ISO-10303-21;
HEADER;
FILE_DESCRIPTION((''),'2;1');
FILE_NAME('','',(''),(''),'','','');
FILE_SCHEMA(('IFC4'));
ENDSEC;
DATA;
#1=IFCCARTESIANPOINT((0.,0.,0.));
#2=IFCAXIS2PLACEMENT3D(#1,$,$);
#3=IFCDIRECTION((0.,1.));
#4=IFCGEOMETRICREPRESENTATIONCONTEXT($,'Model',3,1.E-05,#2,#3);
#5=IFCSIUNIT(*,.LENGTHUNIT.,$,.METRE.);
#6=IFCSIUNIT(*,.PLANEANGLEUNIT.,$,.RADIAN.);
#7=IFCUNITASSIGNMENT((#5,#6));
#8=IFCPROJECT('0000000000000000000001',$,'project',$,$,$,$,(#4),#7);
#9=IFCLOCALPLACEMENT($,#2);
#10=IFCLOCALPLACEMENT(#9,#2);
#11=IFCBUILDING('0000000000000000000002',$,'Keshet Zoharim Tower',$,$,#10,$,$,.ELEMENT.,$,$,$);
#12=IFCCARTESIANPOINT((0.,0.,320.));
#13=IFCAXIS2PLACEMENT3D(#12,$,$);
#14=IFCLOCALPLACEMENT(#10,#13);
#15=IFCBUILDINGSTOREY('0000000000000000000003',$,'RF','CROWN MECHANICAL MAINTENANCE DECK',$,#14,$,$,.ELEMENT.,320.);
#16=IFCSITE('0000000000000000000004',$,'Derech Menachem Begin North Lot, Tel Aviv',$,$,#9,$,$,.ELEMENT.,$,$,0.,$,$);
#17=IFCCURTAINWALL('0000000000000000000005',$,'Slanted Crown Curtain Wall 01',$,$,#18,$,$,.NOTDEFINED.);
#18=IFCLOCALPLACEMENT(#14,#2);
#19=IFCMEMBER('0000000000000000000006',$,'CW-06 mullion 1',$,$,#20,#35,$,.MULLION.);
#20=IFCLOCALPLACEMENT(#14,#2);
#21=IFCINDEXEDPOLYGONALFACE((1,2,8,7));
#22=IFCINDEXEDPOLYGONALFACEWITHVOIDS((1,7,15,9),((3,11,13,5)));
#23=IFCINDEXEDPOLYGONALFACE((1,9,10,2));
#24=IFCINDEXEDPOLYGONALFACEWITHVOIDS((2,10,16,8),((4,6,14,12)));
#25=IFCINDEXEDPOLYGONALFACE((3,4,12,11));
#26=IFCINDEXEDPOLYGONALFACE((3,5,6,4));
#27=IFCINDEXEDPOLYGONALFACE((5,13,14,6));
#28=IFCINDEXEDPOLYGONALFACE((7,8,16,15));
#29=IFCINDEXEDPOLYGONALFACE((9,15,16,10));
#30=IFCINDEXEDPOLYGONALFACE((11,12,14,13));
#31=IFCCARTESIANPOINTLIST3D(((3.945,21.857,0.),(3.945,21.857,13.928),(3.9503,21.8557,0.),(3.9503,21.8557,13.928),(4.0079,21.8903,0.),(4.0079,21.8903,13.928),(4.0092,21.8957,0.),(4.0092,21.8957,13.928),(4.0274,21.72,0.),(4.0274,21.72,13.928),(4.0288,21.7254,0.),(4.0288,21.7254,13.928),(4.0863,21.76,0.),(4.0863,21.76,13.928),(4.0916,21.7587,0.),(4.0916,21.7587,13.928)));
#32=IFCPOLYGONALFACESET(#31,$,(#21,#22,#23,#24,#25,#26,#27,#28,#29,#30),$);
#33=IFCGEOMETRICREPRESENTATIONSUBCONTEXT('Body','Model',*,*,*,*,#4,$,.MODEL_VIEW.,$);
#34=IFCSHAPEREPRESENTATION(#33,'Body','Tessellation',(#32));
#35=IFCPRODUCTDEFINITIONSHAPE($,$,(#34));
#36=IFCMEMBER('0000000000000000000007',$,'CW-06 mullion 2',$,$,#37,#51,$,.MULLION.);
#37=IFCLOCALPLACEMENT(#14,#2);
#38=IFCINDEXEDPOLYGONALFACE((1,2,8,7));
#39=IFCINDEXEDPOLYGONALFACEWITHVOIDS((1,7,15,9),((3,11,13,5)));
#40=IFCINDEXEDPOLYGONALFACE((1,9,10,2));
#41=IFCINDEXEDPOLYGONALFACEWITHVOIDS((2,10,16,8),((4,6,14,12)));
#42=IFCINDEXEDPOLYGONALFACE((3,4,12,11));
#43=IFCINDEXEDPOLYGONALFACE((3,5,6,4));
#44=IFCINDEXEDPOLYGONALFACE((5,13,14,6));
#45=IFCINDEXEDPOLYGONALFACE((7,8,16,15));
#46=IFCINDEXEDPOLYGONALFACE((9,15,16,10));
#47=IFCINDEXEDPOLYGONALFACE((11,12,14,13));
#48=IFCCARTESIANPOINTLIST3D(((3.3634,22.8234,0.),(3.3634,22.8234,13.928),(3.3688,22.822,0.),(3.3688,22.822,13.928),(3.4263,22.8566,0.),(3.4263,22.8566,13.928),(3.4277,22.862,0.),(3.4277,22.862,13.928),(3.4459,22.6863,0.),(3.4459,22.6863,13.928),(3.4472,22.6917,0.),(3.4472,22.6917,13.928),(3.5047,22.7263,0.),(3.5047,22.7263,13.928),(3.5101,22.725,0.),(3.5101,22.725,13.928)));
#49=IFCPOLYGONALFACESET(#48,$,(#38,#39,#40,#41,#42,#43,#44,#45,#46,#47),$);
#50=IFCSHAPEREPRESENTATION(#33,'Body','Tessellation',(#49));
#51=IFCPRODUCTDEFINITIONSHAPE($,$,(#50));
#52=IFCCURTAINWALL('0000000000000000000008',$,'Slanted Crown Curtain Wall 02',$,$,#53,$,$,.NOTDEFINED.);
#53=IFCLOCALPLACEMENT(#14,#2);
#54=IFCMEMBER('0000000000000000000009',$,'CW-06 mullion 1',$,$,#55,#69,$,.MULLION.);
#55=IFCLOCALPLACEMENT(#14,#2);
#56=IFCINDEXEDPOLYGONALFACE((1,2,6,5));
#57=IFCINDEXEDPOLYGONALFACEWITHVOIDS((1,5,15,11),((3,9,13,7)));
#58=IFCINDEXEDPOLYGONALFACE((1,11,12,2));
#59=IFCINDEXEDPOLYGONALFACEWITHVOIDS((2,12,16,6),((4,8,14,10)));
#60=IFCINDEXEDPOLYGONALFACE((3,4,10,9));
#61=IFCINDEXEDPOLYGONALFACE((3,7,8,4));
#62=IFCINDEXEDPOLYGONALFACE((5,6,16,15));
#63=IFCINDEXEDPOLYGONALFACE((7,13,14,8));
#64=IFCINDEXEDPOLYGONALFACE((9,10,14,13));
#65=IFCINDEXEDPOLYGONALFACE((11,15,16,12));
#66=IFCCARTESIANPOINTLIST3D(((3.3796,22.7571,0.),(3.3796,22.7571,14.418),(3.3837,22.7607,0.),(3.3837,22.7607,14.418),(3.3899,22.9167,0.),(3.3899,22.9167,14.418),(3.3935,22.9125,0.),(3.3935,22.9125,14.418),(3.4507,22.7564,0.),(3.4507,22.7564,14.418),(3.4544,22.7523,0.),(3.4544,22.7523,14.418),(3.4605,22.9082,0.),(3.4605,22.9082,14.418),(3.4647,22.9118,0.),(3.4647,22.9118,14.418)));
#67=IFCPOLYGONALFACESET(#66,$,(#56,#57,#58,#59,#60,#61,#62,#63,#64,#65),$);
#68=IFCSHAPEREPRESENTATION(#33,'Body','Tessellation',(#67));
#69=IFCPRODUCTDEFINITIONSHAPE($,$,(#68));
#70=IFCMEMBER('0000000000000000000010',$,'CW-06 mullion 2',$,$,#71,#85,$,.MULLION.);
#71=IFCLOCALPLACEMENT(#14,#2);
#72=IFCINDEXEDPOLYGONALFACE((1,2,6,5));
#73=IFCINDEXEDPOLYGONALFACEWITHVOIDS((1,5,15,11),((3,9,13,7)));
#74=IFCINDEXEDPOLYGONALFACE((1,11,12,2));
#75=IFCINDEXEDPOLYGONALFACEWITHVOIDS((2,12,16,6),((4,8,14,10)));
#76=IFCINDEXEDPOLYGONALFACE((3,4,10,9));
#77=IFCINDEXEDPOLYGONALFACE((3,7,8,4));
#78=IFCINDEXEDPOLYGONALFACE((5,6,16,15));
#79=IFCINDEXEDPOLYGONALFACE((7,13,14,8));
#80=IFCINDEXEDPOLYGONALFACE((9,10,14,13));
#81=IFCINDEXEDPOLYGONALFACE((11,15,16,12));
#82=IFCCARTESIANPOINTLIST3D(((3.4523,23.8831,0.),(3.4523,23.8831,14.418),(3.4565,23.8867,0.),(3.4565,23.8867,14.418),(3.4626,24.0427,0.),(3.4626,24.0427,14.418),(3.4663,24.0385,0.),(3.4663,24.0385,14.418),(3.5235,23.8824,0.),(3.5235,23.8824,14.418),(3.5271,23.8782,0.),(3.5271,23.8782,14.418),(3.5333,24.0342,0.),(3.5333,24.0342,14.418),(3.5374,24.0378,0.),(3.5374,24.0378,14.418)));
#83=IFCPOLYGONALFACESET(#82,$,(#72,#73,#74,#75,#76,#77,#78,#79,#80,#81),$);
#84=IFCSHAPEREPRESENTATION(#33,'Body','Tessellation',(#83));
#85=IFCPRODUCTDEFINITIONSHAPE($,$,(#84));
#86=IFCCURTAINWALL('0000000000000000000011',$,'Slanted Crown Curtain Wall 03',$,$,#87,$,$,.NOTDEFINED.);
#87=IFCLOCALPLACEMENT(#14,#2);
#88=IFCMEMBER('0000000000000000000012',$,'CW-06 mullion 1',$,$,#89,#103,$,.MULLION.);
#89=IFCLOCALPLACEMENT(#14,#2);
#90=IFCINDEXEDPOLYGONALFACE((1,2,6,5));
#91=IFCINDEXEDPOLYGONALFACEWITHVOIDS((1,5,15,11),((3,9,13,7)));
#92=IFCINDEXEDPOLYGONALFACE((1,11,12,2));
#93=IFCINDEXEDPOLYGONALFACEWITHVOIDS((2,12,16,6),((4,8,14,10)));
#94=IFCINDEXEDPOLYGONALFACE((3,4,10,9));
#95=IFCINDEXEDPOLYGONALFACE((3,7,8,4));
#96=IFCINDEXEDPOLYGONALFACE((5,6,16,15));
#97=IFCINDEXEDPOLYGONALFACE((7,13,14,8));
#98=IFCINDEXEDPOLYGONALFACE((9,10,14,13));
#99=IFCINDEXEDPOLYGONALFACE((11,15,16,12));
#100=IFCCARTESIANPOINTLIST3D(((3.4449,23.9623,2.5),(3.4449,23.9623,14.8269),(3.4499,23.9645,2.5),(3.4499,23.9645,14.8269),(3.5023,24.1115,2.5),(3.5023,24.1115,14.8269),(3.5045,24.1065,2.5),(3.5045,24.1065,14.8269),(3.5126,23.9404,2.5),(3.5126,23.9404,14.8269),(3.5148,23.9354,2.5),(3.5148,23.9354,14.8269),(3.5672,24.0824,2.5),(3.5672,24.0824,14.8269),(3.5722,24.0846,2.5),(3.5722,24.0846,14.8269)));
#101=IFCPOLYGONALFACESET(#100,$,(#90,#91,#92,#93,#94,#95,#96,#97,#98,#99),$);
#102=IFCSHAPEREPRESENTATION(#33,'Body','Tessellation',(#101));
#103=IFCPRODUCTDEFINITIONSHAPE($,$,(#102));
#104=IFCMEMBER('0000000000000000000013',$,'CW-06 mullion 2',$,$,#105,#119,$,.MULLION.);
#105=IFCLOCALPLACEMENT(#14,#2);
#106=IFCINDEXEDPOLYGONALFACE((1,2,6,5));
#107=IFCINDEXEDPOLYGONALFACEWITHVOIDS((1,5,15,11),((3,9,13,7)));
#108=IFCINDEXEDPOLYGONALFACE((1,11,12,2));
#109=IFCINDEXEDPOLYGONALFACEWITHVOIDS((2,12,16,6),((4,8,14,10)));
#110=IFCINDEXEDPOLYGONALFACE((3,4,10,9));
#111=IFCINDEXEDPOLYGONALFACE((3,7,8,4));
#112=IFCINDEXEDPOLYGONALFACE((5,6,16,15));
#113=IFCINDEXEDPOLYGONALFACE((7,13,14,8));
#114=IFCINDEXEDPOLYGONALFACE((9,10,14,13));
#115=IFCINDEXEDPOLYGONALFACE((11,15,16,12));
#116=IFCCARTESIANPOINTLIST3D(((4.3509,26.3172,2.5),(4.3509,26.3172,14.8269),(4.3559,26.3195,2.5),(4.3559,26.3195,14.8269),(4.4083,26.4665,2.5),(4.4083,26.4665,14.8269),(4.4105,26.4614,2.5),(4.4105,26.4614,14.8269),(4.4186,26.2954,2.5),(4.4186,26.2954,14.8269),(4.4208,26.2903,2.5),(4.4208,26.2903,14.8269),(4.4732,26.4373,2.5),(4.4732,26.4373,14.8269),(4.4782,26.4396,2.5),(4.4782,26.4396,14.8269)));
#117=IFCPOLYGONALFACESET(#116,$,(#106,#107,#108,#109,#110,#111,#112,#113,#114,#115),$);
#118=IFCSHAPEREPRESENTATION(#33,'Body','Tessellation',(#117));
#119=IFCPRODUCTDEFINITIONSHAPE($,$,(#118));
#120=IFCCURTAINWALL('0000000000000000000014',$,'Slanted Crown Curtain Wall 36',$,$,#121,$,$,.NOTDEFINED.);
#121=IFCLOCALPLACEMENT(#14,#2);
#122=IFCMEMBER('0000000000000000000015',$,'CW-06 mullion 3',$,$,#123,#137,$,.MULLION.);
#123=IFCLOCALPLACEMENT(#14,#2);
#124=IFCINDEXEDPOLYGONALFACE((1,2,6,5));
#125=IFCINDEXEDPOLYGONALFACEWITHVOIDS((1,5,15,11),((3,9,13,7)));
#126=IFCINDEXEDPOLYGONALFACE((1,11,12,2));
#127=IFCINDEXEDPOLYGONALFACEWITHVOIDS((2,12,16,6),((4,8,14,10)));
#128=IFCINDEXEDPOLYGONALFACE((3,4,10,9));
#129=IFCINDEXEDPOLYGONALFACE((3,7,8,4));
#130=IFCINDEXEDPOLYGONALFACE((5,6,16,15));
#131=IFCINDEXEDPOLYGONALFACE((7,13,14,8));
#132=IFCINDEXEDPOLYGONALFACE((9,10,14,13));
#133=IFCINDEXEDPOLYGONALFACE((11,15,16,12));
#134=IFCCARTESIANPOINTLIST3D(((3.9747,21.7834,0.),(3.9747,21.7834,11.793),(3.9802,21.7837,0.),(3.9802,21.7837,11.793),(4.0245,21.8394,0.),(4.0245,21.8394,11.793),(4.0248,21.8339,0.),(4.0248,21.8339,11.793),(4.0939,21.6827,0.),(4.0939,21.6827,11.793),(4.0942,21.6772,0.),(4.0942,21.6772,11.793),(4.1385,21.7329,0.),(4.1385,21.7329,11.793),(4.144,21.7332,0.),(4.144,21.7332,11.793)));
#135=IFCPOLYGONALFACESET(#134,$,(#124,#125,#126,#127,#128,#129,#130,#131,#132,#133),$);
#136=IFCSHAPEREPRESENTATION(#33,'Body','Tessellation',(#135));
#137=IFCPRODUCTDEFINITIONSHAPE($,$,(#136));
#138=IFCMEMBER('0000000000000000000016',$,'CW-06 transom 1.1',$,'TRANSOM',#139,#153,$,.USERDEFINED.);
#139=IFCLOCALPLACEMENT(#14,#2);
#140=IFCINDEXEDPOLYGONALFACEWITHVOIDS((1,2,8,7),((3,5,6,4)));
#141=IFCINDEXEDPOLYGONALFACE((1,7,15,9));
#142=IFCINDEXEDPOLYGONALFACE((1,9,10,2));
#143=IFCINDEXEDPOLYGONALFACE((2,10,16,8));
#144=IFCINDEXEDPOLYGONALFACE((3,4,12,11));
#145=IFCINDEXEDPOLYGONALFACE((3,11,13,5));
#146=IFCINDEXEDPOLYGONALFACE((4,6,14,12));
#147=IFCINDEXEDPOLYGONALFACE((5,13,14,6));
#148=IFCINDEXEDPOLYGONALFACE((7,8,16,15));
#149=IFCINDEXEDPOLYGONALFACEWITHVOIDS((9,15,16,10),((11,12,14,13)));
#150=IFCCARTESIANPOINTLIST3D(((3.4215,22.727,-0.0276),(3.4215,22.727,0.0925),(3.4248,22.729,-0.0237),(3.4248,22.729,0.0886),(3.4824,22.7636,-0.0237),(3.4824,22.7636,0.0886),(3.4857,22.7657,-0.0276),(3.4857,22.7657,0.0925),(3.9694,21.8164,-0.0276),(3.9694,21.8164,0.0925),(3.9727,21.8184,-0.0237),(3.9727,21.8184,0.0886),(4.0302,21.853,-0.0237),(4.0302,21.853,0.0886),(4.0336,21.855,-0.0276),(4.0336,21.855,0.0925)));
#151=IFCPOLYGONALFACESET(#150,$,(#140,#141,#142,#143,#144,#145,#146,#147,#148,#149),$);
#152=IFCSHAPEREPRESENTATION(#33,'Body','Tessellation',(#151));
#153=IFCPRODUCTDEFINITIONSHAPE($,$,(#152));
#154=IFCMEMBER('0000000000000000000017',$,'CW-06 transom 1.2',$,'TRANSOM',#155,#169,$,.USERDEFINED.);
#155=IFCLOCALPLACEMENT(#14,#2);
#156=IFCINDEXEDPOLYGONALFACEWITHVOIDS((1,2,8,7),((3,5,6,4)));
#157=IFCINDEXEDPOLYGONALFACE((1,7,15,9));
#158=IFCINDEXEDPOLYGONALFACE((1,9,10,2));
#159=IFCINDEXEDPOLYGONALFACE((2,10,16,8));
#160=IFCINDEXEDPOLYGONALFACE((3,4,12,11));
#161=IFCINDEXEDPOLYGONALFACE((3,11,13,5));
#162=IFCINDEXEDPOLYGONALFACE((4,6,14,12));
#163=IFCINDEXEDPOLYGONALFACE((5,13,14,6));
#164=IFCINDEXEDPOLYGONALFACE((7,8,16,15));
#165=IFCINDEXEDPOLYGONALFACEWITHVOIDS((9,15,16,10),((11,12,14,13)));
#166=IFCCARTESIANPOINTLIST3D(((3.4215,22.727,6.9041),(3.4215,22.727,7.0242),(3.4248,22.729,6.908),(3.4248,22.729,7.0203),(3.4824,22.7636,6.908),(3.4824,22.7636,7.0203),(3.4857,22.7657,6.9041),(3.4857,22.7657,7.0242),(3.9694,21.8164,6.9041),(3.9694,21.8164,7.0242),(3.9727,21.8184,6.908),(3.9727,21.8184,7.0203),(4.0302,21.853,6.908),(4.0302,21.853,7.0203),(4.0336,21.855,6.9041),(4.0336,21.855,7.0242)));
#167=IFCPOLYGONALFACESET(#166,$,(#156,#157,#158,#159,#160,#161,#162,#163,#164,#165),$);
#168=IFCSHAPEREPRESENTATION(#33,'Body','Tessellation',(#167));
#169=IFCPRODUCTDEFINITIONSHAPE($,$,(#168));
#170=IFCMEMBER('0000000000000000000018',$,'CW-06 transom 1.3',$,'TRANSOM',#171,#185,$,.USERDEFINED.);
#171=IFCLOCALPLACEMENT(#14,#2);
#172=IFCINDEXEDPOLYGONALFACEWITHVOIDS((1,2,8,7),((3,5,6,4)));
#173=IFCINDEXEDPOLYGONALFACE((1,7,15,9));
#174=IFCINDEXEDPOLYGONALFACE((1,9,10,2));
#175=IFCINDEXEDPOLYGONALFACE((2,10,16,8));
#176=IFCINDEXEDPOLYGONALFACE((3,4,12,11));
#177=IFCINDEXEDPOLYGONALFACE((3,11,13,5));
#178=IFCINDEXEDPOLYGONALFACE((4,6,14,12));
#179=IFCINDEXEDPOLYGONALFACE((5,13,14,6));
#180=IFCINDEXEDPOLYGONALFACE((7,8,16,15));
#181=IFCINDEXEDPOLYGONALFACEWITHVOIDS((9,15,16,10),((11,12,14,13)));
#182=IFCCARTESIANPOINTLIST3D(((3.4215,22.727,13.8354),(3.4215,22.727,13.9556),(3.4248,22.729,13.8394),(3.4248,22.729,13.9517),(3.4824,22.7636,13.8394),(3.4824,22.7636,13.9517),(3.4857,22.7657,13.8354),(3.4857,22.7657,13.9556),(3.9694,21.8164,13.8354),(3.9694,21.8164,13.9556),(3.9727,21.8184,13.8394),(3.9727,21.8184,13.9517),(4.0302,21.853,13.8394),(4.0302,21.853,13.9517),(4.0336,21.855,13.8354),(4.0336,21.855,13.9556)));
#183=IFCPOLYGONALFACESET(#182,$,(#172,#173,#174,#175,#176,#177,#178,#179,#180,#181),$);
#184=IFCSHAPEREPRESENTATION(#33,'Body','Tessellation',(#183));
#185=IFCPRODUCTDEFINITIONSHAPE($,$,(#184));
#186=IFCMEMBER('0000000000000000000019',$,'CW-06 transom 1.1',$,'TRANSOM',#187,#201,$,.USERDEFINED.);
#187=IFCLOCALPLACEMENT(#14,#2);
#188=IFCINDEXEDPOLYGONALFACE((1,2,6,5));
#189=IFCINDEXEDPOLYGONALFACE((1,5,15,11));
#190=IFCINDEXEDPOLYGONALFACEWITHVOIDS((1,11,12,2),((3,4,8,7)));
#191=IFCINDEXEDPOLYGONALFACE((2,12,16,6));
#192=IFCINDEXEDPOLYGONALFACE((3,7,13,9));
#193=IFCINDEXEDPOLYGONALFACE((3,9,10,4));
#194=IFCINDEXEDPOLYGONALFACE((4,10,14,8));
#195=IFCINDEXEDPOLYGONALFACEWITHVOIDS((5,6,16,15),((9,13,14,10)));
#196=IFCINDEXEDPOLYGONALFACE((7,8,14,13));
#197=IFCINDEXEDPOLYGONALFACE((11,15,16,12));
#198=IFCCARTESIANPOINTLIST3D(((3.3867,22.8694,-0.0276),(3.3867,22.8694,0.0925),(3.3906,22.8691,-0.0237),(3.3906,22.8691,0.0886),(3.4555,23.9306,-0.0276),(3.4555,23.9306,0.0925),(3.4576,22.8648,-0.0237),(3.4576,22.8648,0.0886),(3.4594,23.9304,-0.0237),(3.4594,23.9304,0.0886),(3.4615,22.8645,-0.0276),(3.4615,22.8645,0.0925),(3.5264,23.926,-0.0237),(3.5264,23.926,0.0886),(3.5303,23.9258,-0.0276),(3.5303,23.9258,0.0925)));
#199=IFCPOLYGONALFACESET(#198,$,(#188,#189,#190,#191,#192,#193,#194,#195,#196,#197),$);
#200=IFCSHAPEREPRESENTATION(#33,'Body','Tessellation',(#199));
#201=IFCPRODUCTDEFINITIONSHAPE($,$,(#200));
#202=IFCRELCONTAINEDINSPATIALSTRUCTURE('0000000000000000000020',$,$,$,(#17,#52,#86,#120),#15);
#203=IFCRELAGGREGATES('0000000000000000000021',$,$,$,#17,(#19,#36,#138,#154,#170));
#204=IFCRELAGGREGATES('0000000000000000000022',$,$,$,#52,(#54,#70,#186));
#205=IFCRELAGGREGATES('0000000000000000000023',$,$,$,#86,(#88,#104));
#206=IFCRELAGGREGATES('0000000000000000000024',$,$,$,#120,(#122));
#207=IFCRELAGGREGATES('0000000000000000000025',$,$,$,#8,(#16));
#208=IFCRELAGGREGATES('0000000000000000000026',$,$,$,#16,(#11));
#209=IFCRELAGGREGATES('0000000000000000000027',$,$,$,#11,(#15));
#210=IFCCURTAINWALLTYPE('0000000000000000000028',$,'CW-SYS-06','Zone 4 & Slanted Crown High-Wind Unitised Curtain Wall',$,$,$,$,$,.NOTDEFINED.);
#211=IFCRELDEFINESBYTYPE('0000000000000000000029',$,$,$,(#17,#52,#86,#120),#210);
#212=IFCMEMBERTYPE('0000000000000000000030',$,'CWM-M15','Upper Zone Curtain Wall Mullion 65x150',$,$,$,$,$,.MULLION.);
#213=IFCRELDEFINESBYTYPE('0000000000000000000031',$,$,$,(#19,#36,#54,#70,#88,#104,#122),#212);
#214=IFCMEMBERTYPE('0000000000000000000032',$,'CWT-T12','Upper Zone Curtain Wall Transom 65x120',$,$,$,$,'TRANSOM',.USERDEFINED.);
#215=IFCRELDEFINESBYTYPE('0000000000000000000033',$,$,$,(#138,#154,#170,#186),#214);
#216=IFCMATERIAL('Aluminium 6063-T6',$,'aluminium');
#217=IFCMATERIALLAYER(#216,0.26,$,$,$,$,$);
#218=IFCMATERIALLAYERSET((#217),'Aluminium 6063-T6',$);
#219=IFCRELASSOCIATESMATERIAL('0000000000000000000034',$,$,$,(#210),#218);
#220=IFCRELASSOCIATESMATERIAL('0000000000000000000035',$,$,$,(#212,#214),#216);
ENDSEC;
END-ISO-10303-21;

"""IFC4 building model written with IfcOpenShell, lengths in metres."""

from ifc_helpers import new_model, si_unit, direction, frame, origin, origin_2d, place, context, subcontext, project, spatial, hollow_rectangle, extrude, material, layer, layer_set, material_profile, profile_set, type_object, element, aggregate, save


model = new_model("IFC4")

# Units and contexts
model_context = context("Model", 3, precision=1e-05, world=origin(), true_north=direction((0.0, 1.0)))
body_context = subcontext(model_context, "Body", "Model", "MODEL_VIEW")
ifc_project = project(units=[si_unit("LENGTHUNIT", "METRE"), si_unit("PLANEANGLEUNIT", "RADIAN")], contexts=[model_context])

# Site, building, storey
site_placement = place(None, origin())
site = spatial("IfcSite", under=ifc_project, at=site_placement, Name="Derech Menachem Begin North Lot, Tel Aviv", CompositionType="ELEMENT", RefElevation=0.0)
building_placement = place(site_placement, origin())
building = spatial("IfcBuilding", under=site, at=building_placement, Name="Keshet Zoharim Tower", CompositionType="ELEMENT")
storey_placement = place(building_placement, frame((0.0, 0.0, 320.0)))
storey = spatial("IfcBuildingStorey", under=building, at=storey_placement, Name="RF", Description="CROWN MECHANICAL MAINTENANCE DECK", CompositionType="ELEMENT", Elevation=320.0)

# Curtain walls, members
ifc_material_1 = material(Name="Aluminium 6063-T6", Category="aluminium")
ifc_layer_1 = layer(ifc_material_1, 0.26)
ifc_layer_set_1 = layer_set([ifc_layer_1], Name="Aluminium 6063-T6")
curtain_wall_type = type_object("IfcCurtainWallType", Name="CW-SYS-06", Description="Zone 4 & Slanted Crown High-Wind Unitised Curtain Wall", PredefinedType="NOTDEFINED", material=ifc_layer_set_1)
curtain_wall_1_placement = place(storey_placement, origin())
curtain_wall_1 = element("IfcCurtainWall", 1, at=curtain_wall_1_placement, inside=storey, type_object=curtain_wall_type, Name="Slanted Crown Curtain Wall 01", PredefinedType="NOTDEFINED")
ifc_material_profile_1 = material_profile(ifc_material_1, hollow_rectangle(XDim=0.075, YDim=0.1599, WallThickness=0.0039, at=origin_2d()), Name="MUL-75x160")
ifc_profile_set_1 = profile_set([ifc_material_profile_1], Name="Aluminium 6063-T6")
member_type_1 = type_object("IfcMemberType", Name="CWM-M15", Description="Upper Zone Curtain Wall Mullion 65x150", PredefinedType="MULLION", material=ifc_profile_set_1)
member_1_placement = place(storey_placement, frame((4.0183, 21.8079, 0.0), z_axis=(0.0, 0.0, 1.0), x_axis=(-0.856826, -0.515605, 0.0)))
member_1 = element("IfcMember", 2, at=member_1_placement, type_object=member_type_1, Name="CW-06 mullion 1", PredefinedType="MULLION", context=body_context, shape_type="SweptSolid", body=[
    extrude(hollow_rectangle(XDim=0.075, YDim=0.1599, WallThickness=0.0039, at=origin_2d()), origin(), (0.0, 0.0, 1.0), 13.928),
])
member_2_placement = place(storey_placement, frame((3.4368, 22.7742, 0.0), z_axis=(0.0, 0.0, 1.0), x_axis=(-0.856826, -0.515605, 0.0)))
member_2 = element("IfcMember", 3, at=member_2_placement, type_object=member_type_1, Name="CW-06 mullion 2", PredefinedType="MULLION", context=body_context, shape_type="SweptSolid", body=[
    extrude(hollow_rectangle(XDim=0.075, YDim=0.1599, WallThickness=0.0039, at=origin_2d()), origin(), (0.0, 0.0, 1.0), 13.928),
])
curtain_wall_2_placement = place(storey_placement, origin())
curtain_wall_2 = element("IfcCurtainWall", 4, at=curtain_wall_2_placement, inside=storey, type_object=curtain_wall_type, Name="Slanted Crown Curtain Wall 02", PredefinedType="NOTDEFINED")
member_3_placement = place(storey_placement, frame((3.4221, 22.8345, 0.0), z_axis=(0.0, 0.0, 1.0), x_axis=(-0.997917, 0.064517, 0.0)))
member_3 = element("IfcMember", 5, at=member_3_placement, type_object=member_type_1, Name="CW-06 mullion 1", PredefinedType="MULLION", context=body_context, shape_type="SweptSolid", body=[
    extrude(hollow_rectangle(XDim=0.075, YDim=0.1599, WallThickness=0.0039, at=origin_2d()), origin(), (0.0, 0.0, 1.0), 14.418),
])
member_4_placement = place(storey_placement, frame((3.4949, 23.9604, 0.0), z_axis=(0.0, 0.0, 1.0), x_axis=(-0.997917, 0.064517, 0.0)))
member_4 = element("IfcMember", 6, at=member_4_placement, type_object=member_type_1, Name="CW-06 mullion 2", PredefinedType="MULLION", context=body_context, shape_type="SweptSolid", body=[
    extrude(hollow_rectangle(XDim=0.075, YDim=0.1599, WallThickness=0.0039, at=origin_2d()), origin(), (0.0, 0.0, 1.0), 14.418),
])
curtain_wall_3_placement = place(storey_placement, origin())
curtain_wall_3 = element("IfcCurtainWall", 7, at=curtain_wall_3_placement, inside=storey, type_object=curtain_wall_type, Name="Slanted Crown Curtain Wall 03", PredefinedType="NOTDEFINED")
member_5_placement = place(storey_placement, frame((3.5085, 24.0234, 2.5), z_axis=(0.0, 0.0, 1.0), x_axis=(-0.933346, 0.358979, 0.0)))
member_5 = element("IfcMember", 8, at=member_5_placement, type_object=member_type_1, Name="CW-06 mullion 1", PredefinedType="MULLION", context=body_context, shape_type="SweptSolid", body=[
    extrude(hollow_rectangle(XDim=0.075, YDim=0.1599, WallThickness=0.0039, at=origin_2d()), origin(), (0.0, 0.0, 1.0), 12.3269),
])
member_6_placement = place(storey_placement, frame((4.4146, 26.3784, 2.5), z_axis=(0.0, 0.0, 1.0), x_axis=(-0.933346, 0.358979, 0.0)))
member_6 = element("IfcMember", 9, at=member_6_placement, type_object=member_type_1, Name="CW-06 mullion 2", PredefinedType="MULLION", context=body_context, shape_type="SweptSolid", body=[
    extrude(hollow_rectangle(XDim=0.075, YDim=0.1599, WallThickness=0.0039, at=origin_2d()), origin(), (0.0, 0.0, 1.0), 12.3269),
])

# Curtain wall, member
curtain_wall_4_placement = place(storey_placement, origin())
curtain_wall_4 = element("IfcCurtainWall", 10, at=curtain_wall_4_placement, inside=storey, type_object=curtain_wall_type, Name="Slanted Crown Curtain Wall 36", PredefinedType="NOTDEFINED")
member_7_placement = place(storey_placement, frame((4.0593, 21.7583, 0.0), z_axis=(0.0, 0.0, 1.0), x_axis=(-0.664409, -0.747369, 0.0)))
member_7 = element("IfcMember", 11, at=member_7_placement, type_object=member_type_1, Name="CW-06 mullion 3", PredefinedType="MULLION", context=body_context, shape_type="SweptSolid", body=[
    extrude(hollow_rectangle(XDim=0.075, YDim=0.1599, WallThickness=0.0039, at=origin_2d()), origin(), (0.0, 0.0, 1.0), 11.793),
])

# Members
ifc_material_profile_2 = material_profile(ifc_material_1, hollow_rectangle(XDim=0.075, YDim=0.1201, WallThickness=0.0039, at=origin_2d()), Name="TRN-75x120")
ifc_profile_set_2 = profile_set([ifc_material_profile_2], Name="Aluminium 6063-T6")
member_type_2 = type_object("IfcMemberType", Name="CWT-T12", Description="Upper Zone Curtain Wall Transom 65x120", ElementType="TRANSOM", PredefinedType="USERDEFINED", material=ifc_profile_set_2)
member_8_placement = place(storey_placement, frame((4.0015, 21.8357, 0.0325), z_axis=(-0.515509, 0.856884, 0.0), x_axis=(-0.856884, -0.515509, 0.0)))
member_8 = element("IfcMember", 12, at=member_8_placement, type_object=member_type_2, Name="CW-06 transom 1.1", ObjectType="TRANSOM", PredefinedType="USERDEFINED", context=body_context, shape_type="SweptSolid", body=[
    extrude(hollow_rectangle(XDim=0.075, YDim=0.1201, WallThickness=0.0039, at=origin_2d()), origin(), (0.0, 0.0, 1.0), 1.0627),
])
member_9_placement = place(storey_placement, frame((4.0015, 21.8357, 6.9641), z_axis=(-0.515509, 0.856884, 0.0), x_axis=(-0.856884, -0.515509, 0.0)))
member_9 = element("IfcMember", 13, at=member_9_placement, type_object=member_type_2, Name="CW-06 transom 1.2", ObjectType="TRANSOM", PredefinedType="USERDEFINED", context=body_context, shape_type="SweptSolid", body=[
    extrude(hollow_rectangle(XDim=0.075, YDim=0.1201, WallThickness=0.0039, at=origin_2d()), origin(), (0.0, 0.0, 1.0), 1.0627),
])
member_10_placement = place(storey_placement, frame((4.0015, 21.8357, 13.8955), z_axis=(-0.515509, 0.856884, 0.0), x_axis=(-0.856884, -0.515509, 0.0)))
member_10 = element("IfcMember", 14, at=member_10_placement, type_object=member_type_2, Name="CW-06 transom 1.3", ObjectType="TRANSOM", PredefinedType="USERDEFINED", context=body_context, shape_type="SweptSolid", body=[
    extrude(hollow_rectangle(XDim=0.075, YDim=0.1201, WallThickness=0.0039, at=origin_2d()), origin(), (0.0, 0.0, 1.0), 1.0627),
])
member_11_placement = place(storey_placement, frame((3.4241, 22.8669, 0.0325), z_axis=(0.064736, 0.997902, 0.0), x_axis=(-0.997902, 0.064736, 0.0)))
member_11 = element("IfcMember", 15, at=member_11_placement, type_object=member_type_2, Name="CW-06 transom 1.1", ObjectType="TRANSOM", PredefinedType="USERDEFINED", context=body_context, shape_type="SweptSolid", body=[
    extrude(hollow_rectangle(XDim=0.075, YDim=0.1201, WallThickness=0.0039, at=origin_2d()), origin(), (0.0, 0.0, 1.0), 1.0635),
])

aggregate(curtain_wall_1, [member_1, member_2, member_8, member_9, member_10])
aggregate(curtain_wall_2, [member_3, member_4, member_11])
aggregate(curtain_wall_3, [member_5, member_6])
aggregate(curtain_wall_4, [member_7])

save(model, "model.ifc")
